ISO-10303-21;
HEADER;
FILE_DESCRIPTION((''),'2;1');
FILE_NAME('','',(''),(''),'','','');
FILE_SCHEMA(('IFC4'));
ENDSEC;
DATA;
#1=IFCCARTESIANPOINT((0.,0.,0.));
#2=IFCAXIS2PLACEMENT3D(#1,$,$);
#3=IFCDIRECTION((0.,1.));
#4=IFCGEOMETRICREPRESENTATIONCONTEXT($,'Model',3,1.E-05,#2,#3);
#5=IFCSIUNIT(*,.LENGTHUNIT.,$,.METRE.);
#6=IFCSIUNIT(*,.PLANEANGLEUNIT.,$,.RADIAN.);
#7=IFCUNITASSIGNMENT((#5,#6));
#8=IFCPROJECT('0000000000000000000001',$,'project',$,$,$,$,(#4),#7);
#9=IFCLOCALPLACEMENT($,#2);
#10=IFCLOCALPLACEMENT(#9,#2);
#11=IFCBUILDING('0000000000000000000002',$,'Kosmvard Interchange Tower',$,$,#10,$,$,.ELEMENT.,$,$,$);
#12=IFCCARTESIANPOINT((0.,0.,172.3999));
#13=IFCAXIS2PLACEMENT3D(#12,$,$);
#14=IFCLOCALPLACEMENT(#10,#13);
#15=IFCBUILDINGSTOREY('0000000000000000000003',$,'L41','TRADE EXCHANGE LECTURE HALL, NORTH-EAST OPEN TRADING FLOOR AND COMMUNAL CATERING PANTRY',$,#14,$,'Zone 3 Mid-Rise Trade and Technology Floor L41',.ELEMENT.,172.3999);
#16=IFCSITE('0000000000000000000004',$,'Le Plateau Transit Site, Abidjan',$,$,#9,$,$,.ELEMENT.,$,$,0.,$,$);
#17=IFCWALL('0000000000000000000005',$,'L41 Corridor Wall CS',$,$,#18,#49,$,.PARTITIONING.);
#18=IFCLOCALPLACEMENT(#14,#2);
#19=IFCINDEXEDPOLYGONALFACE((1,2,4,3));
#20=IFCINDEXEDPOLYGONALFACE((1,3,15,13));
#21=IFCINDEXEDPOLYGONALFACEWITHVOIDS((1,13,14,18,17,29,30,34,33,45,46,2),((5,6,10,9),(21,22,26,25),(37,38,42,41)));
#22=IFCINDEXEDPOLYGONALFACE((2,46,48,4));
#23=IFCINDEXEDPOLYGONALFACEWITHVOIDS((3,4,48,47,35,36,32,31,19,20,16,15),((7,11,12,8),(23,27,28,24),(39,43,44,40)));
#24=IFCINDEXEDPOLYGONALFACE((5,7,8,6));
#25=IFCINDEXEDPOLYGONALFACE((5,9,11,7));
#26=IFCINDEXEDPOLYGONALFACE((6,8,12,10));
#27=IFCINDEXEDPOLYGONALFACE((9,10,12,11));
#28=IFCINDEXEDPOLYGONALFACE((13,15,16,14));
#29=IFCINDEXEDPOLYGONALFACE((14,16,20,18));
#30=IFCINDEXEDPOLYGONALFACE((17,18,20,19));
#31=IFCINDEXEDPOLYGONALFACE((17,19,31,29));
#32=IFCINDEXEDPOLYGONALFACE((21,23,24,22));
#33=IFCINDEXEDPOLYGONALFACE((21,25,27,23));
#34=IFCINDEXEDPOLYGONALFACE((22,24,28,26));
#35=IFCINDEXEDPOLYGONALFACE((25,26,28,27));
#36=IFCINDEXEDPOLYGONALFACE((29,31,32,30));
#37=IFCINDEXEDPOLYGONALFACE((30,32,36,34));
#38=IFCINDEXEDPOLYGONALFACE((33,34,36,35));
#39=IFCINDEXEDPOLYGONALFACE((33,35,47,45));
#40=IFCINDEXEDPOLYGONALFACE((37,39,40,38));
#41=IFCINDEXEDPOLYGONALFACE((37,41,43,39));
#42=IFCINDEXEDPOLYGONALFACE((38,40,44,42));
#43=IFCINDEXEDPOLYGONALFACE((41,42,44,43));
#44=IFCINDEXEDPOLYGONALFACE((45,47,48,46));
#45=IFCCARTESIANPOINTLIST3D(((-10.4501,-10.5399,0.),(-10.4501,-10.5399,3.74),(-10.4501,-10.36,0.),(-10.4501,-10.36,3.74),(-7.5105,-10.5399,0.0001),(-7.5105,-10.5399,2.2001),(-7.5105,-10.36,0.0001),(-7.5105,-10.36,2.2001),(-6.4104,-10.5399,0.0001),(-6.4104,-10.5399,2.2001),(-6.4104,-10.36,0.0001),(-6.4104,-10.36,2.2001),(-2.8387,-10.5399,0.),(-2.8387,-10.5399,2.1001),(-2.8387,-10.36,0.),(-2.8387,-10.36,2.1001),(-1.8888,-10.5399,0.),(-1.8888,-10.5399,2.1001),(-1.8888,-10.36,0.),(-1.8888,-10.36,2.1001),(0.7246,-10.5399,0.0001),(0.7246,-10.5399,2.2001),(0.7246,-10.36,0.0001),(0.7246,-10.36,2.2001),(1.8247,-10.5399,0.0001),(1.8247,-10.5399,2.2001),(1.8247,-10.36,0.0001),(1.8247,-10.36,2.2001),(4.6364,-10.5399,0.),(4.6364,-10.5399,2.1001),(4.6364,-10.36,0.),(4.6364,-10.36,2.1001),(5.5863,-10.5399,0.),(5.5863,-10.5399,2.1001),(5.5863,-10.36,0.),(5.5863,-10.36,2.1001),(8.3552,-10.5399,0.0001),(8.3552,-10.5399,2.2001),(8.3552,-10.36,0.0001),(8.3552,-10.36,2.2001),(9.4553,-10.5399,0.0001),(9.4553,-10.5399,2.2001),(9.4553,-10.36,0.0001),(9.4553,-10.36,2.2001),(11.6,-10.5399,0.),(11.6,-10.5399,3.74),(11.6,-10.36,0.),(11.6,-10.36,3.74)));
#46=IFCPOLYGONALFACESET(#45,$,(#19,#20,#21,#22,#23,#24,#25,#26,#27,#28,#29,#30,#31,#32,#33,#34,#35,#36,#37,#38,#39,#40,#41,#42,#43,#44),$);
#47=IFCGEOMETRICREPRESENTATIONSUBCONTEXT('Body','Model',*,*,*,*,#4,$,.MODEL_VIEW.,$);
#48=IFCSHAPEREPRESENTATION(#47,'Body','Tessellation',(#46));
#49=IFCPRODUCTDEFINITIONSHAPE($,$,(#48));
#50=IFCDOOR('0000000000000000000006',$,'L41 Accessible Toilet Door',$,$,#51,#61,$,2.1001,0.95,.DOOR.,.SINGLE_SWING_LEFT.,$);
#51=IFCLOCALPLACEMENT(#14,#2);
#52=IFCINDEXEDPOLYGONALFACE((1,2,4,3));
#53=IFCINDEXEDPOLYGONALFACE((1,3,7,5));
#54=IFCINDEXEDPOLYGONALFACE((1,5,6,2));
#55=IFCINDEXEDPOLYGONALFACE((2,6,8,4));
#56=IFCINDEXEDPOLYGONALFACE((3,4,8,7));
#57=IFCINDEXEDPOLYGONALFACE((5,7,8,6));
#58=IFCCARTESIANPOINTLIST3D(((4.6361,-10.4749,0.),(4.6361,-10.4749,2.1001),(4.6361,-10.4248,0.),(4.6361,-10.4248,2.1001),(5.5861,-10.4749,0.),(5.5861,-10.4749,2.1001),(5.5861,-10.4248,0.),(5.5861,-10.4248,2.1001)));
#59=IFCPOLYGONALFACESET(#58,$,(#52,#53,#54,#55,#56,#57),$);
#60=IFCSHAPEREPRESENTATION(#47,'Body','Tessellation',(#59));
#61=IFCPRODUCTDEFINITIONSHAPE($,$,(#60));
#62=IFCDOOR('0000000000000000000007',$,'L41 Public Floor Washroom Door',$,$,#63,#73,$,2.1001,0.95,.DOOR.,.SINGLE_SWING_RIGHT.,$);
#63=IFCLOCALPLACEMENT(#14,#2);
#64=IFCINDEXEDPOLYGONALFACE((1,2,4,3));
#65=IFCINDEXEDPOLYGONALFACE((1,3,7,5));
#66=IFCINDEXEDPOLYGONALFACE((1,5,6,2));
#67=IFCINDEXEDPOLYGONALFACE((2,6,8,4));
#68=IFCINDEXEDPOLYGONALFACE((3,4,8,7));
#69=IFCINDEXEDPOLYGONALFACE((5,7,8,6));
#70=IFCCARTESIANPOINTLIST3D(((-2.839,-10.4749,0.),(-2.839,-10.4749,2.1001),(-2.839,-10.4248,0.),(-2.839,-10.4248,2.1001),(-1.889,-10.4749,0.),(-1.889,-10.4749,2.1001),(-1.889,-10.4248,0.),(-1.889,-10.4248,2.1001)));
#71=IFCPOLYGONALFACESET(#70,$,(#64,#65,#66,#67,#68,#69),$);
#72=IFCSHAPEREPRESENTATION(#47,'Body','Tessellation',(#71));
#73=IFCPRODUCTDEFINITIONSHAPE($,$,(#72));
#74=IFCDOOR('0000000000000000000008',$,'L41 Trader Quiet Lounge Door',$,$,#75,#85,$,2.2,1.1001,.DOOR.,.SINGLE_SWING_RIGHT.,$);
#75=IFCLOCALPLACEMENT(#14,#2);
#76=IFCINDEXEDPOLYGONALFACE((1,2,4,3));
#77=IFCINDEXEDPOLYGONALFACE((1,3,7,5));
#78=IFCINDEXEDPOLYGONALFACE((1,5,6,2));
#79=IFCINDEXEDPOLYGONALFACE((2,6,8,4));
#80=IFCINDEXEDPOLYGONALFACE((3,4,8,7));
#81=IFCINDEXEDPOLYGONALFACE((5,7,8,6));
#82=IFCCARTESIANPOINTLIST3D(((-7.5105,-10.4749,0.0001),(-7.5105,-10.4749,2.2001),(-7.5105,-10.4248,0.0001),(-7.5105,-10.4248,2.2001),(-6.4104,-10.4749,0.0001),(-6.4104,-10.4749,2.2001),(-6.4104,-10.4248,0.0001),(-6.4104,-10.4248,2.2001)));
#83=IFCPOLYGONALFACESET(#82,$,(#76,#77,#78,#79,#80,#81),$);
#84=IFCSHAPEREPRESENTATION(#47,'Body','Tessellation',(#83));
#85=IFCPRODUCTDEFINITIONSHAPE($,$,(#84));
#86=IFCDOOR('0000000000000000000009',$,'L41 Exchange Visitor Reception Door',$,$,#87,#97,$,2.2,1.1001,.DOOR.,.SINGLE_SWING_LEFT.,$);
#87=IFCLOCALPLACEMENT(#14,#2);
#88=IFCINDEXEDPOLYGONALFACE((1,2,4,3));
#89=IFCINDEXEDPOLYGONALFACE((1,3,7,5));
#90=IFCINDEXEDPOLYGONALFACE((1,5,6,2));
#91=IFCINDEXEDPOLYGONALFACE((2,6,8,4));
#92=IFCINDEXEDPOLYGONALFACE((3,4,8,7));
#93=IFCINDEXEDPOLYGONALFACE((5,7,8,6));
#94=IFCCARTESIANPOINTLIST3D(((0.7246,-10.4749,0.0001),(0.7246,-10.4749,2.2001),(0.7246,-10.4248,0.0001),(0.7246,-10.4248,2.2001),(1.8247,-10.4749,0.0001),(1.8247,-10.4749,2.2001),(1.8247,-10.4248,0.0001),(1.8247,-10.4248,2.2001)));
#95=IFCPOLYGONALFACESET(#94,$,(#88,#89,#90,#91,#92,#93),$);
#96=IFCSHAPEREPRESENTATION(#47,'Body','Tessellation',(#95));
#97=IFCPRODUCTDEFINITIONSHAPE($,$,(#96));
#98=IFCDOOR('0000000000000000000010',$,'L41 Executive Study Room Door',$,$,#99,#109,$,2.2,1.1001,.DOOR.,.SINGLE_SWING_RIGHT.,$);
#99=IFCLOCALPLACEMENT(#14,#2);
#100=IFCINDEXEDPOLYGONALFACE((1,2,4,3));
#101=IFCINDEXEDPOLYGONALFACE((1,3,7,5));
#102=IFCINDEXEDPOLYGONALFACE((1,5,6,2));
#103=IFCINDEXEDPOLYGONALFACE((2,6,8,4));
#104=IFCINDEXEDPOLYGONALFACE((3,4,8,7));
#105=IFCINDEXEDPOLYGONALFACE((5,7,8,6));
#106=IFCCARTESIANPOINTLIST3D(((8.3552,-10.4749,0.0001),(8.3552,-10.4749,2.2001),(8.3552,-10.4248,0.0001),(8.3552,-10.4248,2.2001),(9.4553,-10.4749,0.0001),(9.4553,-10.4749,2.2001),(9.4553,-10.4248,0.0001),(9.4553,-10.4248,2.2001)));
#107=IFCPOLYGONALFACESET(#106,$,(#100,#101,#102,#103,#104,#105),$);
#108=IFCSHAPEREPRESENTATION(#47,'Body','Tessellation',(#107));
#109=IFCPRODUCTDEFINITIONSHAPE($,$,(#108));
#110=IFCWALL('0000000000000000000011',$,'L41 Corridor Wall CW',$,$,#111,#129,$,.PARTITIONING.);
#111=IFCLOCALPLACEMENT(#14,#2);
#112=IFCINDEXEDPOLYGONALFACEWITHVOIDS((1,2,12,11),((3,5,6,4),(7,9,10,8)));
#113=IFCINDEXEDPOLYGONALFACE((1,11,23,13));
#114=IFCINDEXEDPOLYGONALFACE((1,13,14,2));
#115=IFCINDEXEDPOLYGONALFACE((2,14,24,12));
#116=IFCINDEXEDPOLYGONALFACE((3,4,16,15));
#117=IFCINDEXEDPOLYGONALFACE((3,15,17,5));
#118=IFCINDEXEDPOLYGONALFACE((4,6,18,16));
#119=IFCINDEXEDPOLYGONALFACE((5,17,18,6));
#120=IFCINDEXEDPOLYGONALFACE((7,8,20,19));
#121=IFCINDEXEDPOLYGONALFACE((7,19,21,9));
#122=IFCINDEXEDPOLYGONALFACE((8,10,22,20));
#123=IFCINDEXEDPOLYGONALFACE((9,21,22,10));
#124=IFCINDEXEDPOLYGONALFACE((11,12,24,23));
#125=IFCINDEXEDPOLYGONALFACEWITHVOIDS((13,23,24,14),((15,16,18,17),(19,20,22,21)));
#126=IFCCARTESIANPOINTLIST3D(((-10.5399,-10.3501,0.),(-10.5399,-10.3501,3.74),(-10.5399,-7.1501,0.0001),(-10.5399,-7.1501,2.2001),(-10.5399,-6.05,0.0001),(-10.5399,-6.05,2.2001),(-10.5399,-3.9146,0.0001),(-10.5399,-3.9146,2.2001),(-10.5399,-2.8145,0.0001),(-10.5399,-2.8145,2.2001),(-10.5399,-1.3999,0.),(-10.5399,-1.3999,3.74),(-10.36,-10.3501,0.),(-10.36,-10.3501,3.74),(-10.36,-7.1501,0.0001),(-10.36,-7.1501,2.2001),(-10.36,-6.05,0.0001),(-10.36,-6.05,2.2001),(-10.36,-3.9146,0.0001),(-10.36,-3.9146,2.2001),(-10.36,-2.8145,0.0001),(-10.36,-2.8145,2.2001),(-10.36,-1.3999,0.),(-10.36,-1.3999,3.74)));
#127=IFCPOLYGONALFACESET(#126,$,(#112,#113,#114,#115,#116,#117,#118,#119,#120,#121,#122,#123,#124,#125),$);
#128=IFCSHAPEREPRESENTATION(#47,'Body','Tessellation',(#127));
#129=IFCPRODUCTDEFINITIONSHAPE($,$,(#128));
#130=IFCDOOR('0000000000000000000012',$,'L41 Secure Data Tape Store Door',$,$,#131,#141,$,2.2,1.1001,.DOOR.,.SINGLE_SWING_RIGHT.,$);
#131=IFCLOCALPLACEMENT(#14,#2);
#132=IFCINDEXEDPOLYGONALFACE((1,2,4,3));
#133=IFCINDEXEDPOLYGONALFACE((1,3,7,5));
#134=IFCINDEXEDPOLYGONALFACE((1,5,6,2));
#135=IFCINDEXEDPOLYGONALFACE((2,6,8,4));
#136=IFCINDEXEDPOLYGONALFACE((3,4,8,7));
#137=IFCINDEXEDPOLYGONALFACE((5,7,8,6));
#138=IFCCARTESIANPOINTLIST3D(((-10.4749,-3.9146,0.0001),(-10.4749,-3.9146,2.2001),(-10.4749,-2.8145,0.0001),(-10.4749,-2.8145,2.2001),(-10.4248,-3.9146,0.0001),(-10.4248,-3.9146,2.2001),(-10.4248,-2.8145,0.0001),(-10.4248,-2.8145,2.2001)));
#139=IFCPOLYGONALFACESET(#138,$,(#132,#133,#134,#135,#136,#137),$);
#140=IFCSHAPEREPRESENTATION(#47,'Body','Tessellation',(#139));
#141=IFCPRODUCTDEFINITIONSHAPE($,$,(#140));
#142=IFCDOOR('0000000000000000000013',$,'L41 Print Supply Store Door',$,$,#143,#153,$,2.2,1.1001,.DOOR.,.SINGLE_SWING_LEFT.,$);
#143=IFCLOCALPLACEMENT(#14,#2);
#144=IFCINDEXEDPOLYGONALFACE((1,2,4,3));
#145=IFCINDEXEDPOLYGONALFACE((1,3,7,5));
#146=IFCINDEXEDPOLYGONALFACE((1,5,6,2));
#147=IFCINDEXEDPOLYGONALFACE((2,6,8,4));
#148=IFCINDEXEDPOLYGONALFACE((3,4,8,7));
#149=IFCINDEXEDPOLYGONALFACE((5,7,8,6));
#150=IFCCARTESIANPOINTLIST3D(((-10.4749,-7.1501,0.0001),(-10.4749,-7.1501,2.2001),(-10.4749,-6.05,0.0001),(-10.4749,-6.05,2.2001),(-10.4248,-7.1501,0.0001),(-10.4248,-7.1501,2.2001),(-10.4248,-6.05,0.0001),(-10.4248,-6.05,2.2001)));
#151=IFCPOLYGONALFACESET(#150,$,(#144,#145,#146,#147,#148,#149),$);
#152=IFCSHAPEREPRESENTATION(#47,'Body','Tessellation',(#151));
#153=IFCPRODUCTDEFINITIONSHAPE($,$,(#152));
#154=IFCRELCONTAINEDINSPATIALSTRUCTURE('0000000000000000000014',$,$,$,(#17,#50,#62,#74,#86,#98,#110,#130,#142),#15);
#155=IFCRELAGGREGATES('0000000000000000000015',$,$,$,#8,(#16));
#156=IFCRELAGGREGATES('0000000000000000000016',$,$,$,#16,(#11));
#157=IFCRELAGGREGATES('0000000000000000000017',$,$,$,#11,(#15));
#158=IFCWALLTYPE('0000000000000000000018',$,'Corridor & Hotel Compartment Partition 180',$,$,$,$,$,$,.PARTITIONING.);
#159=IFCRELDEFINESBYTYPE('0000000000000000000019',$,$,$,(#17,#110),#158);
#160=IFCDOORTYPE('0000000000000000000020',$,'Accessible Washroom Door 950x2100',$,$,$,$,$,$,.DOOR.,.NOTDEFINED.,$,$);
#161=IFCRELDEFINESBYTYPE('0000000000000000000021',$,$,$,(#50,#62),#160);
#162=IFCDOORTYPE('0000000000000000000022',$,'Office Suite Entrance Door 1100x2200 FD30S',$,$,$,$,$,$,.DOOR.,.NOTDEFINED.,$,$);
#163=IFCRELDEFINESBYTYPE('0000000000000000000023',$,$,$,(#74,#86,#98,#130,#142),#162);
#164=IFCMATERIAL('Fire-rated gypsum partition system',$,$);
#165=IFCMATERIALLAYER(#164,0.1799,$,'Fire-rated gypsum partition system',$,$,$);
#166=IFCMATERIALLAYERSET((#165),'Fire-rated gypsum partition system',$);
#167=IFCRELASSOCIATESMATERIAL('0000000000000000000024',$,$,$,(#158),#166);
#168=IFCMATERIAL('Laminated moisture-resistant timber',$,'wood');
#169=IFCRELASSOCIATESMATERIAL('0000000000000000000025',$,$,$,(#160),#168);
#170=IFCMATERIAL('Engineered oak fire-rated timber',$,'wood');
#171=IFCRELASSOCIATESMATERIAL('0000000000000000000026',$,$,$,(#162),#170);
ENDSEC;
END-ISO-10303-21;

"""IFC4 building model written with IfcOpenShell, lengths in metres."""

from ifc_helpers import new_model, si_unit, direction, frame, frame_2d, origin, place, context, subcontext, project, spatial, rectangle, extrude, source, transform, mapped, material, layer, layer_set, type_object, element, fill, save


model = new_model("IFC4")

# Units and contexts
model_context = context("Model", 3, precision=1e-05, world=origin(), true_north=direction((0.0, 1.0)))
body_context = subcontext(model_context, "Body", "Model", "MODEL_VIEW")
ifc_project = project(units=[si_unit("LENGTHUNIT", "METRE"), si_unit("PLANEANGLEUNIT", "RADIAN")], contexts=[model_context])

# Site, building, storey
site_placement = place(None, origin())
site = spatial("IfcSite", under=ifc_project, at=site_placement, Name="Le Plateau Transit Site, Abidjan", CompositionType="ELEMENT", RefElevation=0.0)
building_placement = place(site_placement, origin())
building = spatial("IfcBuilding", under=site, at=building_placement, Name="Kosmvard Interchange Tower", CompositionType="ELEMENT")
storey_placement = place(building_placement, frame((0.0, 0.0, 172.3999)))
storey = spatial("IfcBuildingStorey", under=building, at=storey_placement, Name="L41", Description="TRADE EXCHANGE LECTURE HALL, NORTH-EAST OPEN TRADING FLOOR AND COMMUNAL CATERING PANTRY", LongName="Zone 3 Mid-Rise Trade and Technology Floor L41", CompositionType="ELEMENT", Elevation=172.3999)

# Walls, openings, doors
ifc_material_1 = material(Name="Fire-rated gypsum partition system")
ifc_layer_1 = layer(ifc_material_1, 0.1799, Name="Fire-rated gypsum partition system")
ifc_layer_set_1 = layer_set([ifc_layer_1], Name="Fire-rated gypsum partition system")
wall_type_1 = type_object("IfcWallType", Name="Corridor & Hotel Compartment Partition 180", PredefinedType="PARTITIONING", material=ifc_layer_set_1)
wall_1_placement = place(storey_placement, frame((-10.45, -10.45, 0.0), z_axis=(0.0, 0.0, 1.0), x_axis=(1.0, 0.0, 0.0)))
wall_1 = element("IfcWall", 1, at=wall_1_placement, inside=storey, type_object=wall_type_1, Name="L41 Corridor Wall CS", PredefinedType="PARTITIONING", context=body_context, shape_type="SweptSolid", body=[
    extrude(rectangle(XDim=22.05, YDim=0.1799, at=frame_2d((11.0249, 0.0))), origin(), (0.0, 0.0, 1.0), 3.74),
])
opening_1_placement = place(wall_1_placement, frame((15.0862, 0.0, 0.0)))
opening_1 = element("IfcOpeningElement", 2, at=opening_1_placement, cuts=wall_1, PredefinedType="OPENING", context=body_context, shape_type="SweptSolid", body=[
    extrude(rectangle(XDim=0.95, YDim=2.1001, at=frame_2d((0.4751, 1.05))), frame((0.0, 0.1001, 0.0), z_axis=(0.0, -1.0, 0.0), x_axis=(1.0, 0.0, 0.0)), (0.0, 0.0, 1.0), 0.2),
])
opening_2_placement = place(wall_1_placement, frame((7.6111, 0.0, 0.0)))
opening_2 = element("IfcOpeningElement", 3, at=opening_2_placement, cuts=wall_1, PredefinedType="OPENING", context=body_context, shape_type="SweptSolid", body=[
    extrude(rectangle(XDim=0.95, YDim=2.1001, at=frame_2d((0.4751, 1.05))), frame((0.0, 0.1001, 0.0), z_axis=(0.0, -1.0, 0.0), x_axis=(1.0, 0.0, 0.0)), (0.0, 0.0, 1.0), 0.2),
])
opening_3_placement = place(wall_1_placement, frame((2.9395, 0.0, 0.0)))
opening_3 = element("IfcOpeningElement", 4, at=opening_3_placement, cuts=wall_1, PredefinedType="OPENING", context=body_context, shape_type="SweptSolid", body=[
    extrude(rectangle(XDim=1.1001, YDim=2.2, at=frame_2d((0.55, 1.1001))), frame((0.0, 0.1001, 0.0), z_axis=(0.0, -1.0, 0.0), x_axis=(1.0, 0.0, 0.0)), (0.0, 0.0, 1.0), 0.2),
])
opening_4_placement = place(wall_1_placement, frame((11.1746, 0.0, 0.0)))
opening_4 = element("IfcOpeningElement", 5, at=opening_4_placement, cuts=wall_1, PredefinedType="OPENING", context=body_context, shape_type="SweptSolid", body=[
    extrude(rectangle(XDim=1.1001, YDim=2.2, at=frame_2d((0.55, 1.1001))), frame((0.0, 0.1001, 0.0), z_axis=(0.0, -1.0, 0.0), x_axis=(1.0, 0.0, 0.0)), (0.0, 0.0, 1.0), 0.2),
])
opening_5_placement = place(wall_1_placement, frame((18.8052, 0.0, 0.0)))
opening_5 = element("IfcOpeningElement", 6, at=opening_5_placement, cuts=wall_1, PredefinedType="OPENING", context=body_context, shape_type="SweptSolid", body=[
    extrude(rectangle(XDim=1.1001, YDim=2.2, at=frame_2d((0.55, 1.1001))), frame((0.0, 0.1001, 0.0), z_axis=(0.0, -1.0, 0.0), x_axis=(1.0, 0.0, 0.0)), (0.0, 0.0, 1.0), 0.2),
])
ifc_material_2 = material(Name="Laminated moisture-resistant timber", Category="wood")
door_type_1 = type_object("IfcDoorType", Name="Accessible Washroom Door 950x2100", OperationType="NOTDEFINED", PredefinedType="DOOR", material=ifc_material_2)
shared_shape_1 = source(origin(), body_context, "Body", "SweptSolid", [
    extrude(rectangle(XDim=0.95, YDim=2.1001, at=frame_2d((0.4751, 1.05))), frame((0.0, 0.0249, 0.0), z_axis=(0.0, -1.0, 0.0), x_axis=(1.0, 0.0, 0.0)), (0.0, 0.0, 1.0), 0.05),
])
door_1_placement = place(opening_1_placement, frame((0.95, 0.0, 0.0), z_axis=(0.0, 0.0, 1.0), x_axis=(-1.0, 0.0, 0.0)))
door_1 = element("IfcDoor", 7, at=door_1_placement, inside=storey, type_object=door_type_1, Name="L41 Accessible Toilet Door", OperationType="SINGLE_SWING_LEFT", OverallHeight=2.1001, OverallWidth=0.95, PredefinedType="DOOR", context=body_context, shape_type="MappedRepresentation", body=[
    mapped(shared_shape_1, transform((0.0, 0.0, 0.0), scale=1.0)),
])
fill(opening_1, door_1)
door_2_placement = place(opening_2_placement, frame((0.95, 0.0, 0.0), z_axis=(0.0, 0.0, 1.0), x_axis=(-1.0, 0.0, 0.0)))
door_2 = element("IfcDoor", 8, at=door_2_placement, inside=storey, type_object=door_type_1, Name="L41 Public Floor Washroom Door", OperationType="SINGLE_SWING_RIGHT", OverallHeight=2.1001, OverallWidth=0.95, PredefinedType="DOOR", context=body_context, shape_type="MappedRepresentation", body=[
    mapped(shared_shape_1, transform((0.0, 0.0, 0.0), scale=1.0)),
])
fill(opening_2, door_2)
ifc_material_3 = material(Name="Engineered oak fire-rated timber", Category="wood")
door_type_2 = type_object("IfcDoorType", Name="Office Suite Entrance Door 1100x2200 FD30S", OperationType="NOTDEFINED", PredefinedType="DOOR", material=ifc_material_3)
shared_shape_2 = source(origin(), body_context, "Body", "SweptSolid", [
    extrude(rectangle(XDim=1.1001, YDim=2.2, at=frame_2d((0.55, 1.1001))), frame((0.0, 0.0249, 0.0), z_axis=(0.0, -1.0, 0.0), x_axis=(1.0, 0.0, 0.0)), (0.0, 0.0, 1.0), 0.05),
])
door_3_placement = place(opening_3_placement, frame((1.1001, 0.0, 0.0), z_axis=(0.0, 0.0, 1.0), x_axis=(-1.0, 0.0, 0.0)))
door_3 = element("IfcDoor", 9, at=door_3_placement, inside=storey, type_object=door_type_2, Name="L41 Trader Quiet Lounge Door", OperationType="SINGLE_SWING_RIGHT", OverallHeight=2.2, OverallWidth=1.1001, PredefinedType="DOOR", context=body_context, shape_type="MappedRepresentation", body=[
    mapped(shared_shape_2, transform((0.0, 0.0, 0.0), scale=1.0)),
])
fill(opening_3, door_3)
door_4_placement = place(opening_4_placement, frame((1.1001, 0.0, 0.0), z_axis=(0.0, 0.0, 1.0), x_axis=(-1.0, 0.0, 0.0)))
door_4 = element("IfcDoor", 10, at=door_4_placement, inside=storey, type_object=door_type_2, Name="L41 Exchange Visitor Reception Door", OperationType="SINGLE_SWING_LEFT", OverallHeight=2.2, OverallWidth=1.1001, PredefinedType="DOOR", context=body_context, shape_type="MappedRepresentation", body=[
    mapped(shared_shape_2, transform((0.0, 0.0, 0.0), scale=1.0)),
])
fill(opening_4, door_4)
door_5_placement = place(opening_5_placement, frame((1.1001, 0.0, 0.0), z_axis=(0.0, 0.0, 1.0), x_axis=(-1.0, 0.0, 0.0)))
door_5 = element("IfcDoor", 11, at=door_5_placement, inside=storey, type_object=door_type_2, Name="L41 Executive Study Room Door", OperationType="SINGLE_SWING_RIGHT", OverallHeight=2.2, OverallWidth=1.1001, PredefinedType="DOOR", context=body_context, shape_type="MappedRepresentation", body=[
    mapped(shared_shape_2, transform((0.0, 0.0, 0.0), scale=1.0)),
])
fill(opening_5, door_5)
wall_2_placement = place(storey_placement, frame((-10.45, -10.3501, 0.0), z_axis=(0.0, 0.0, 1.0), x_axis=(0.0, 1.0, 0.0)))
wall_2 = element("IfcWall", 12, at=wall_2_placement, inside=storey, type_object=wall_type_1, Name="L41 Corridor Wall CW", PredefinedType="PARTITIONING", context=body_context, shape_type="SweptSolid", body=[
    extrude(rectangle(XDim=8.9502, YDim=0.1799, at=frame_2d((4.4751, 0.0))), origin(), (0.0, 0.0, 1.0), 3.74),
])
opening_6_placement = place(wall_2_placement, frame((6.4355, 0.0, 0.0)))
opening_6 = element("IfcOpeningElement", 13, at=opening_6_placement, cuts=wall_2, PredefinedType="OPENING", context=body_context, shape_type="SweptSolid", body=[
    extrude(rectangle(XDim=1.1001, YDim=2.2, at=frame_2d((0.55, 1.1001))), frame((0.0, 0.1001, 0.0), z_axis=(0.0, -1.0, 0.0), x_axis=(1.0, 0.0, 0.0)), (0.0, 0.0, 1.0), 0.2),
])
opening_7_placement = place(wall_2_placement, frame((3.2, 0.0, 0.0)))
opening_7 = element("IfcOpeningElement", 14, at=opening_7_placement, cuts=wall_2, PredefinedType="OPENING", context=body_context, shape_type="SweptSolid", body=[
    extrude(rectangle(XDim=1.1001, YDim=2.2, at=frame_2d((0.55, 1.1001))), frame((0.0, 0.1001, 0.0), z_axis=(0.0, -1.0, 0.0), x_axis=(1.0, 0.0, 0.0)), (0.0, 0.0, 1.0), 0.2),
])
door_6_placement = place(opening_6_placement, origin())
door_6 = element("IfcDoor", 15, at=door_6_placement, inside=storey, type_object=door_type_2, Name="L41 Secure Data Tape Store Door", OperationType="SINGLE_SWING_RIGHT", OverallHeight=2.2, OverallWidth=1.1001, PredefinedType="DOOR", context=body_context, shape_type="MappedRepresentation", body=[
    mapped(shared_shape_2, transform((0.0, 0.0, 0.0), scale=1.0)),
])
fill(opening_6, door_6)
door_7_placement = place(opening_7_placement, origin())
door_7 = element("IfcDoor", 16, at=door_7_placement, inside=storey, type_object=door_type_2, Name="L41 Print Supply Store Door", OperationType="SINGLE_SWING_LEFT", OverallHeight=2.2, OverallWidth=1.1001, PredefinedType="DOOR", context=body_context, shape_type="MappedRepresentation", body=[
    mapped(shared_shape_2, transform((0.0, 0.0, 0.0), scale=1.0)),
])
fill(opening_7, door_7)

save(model, "model.ifc")
